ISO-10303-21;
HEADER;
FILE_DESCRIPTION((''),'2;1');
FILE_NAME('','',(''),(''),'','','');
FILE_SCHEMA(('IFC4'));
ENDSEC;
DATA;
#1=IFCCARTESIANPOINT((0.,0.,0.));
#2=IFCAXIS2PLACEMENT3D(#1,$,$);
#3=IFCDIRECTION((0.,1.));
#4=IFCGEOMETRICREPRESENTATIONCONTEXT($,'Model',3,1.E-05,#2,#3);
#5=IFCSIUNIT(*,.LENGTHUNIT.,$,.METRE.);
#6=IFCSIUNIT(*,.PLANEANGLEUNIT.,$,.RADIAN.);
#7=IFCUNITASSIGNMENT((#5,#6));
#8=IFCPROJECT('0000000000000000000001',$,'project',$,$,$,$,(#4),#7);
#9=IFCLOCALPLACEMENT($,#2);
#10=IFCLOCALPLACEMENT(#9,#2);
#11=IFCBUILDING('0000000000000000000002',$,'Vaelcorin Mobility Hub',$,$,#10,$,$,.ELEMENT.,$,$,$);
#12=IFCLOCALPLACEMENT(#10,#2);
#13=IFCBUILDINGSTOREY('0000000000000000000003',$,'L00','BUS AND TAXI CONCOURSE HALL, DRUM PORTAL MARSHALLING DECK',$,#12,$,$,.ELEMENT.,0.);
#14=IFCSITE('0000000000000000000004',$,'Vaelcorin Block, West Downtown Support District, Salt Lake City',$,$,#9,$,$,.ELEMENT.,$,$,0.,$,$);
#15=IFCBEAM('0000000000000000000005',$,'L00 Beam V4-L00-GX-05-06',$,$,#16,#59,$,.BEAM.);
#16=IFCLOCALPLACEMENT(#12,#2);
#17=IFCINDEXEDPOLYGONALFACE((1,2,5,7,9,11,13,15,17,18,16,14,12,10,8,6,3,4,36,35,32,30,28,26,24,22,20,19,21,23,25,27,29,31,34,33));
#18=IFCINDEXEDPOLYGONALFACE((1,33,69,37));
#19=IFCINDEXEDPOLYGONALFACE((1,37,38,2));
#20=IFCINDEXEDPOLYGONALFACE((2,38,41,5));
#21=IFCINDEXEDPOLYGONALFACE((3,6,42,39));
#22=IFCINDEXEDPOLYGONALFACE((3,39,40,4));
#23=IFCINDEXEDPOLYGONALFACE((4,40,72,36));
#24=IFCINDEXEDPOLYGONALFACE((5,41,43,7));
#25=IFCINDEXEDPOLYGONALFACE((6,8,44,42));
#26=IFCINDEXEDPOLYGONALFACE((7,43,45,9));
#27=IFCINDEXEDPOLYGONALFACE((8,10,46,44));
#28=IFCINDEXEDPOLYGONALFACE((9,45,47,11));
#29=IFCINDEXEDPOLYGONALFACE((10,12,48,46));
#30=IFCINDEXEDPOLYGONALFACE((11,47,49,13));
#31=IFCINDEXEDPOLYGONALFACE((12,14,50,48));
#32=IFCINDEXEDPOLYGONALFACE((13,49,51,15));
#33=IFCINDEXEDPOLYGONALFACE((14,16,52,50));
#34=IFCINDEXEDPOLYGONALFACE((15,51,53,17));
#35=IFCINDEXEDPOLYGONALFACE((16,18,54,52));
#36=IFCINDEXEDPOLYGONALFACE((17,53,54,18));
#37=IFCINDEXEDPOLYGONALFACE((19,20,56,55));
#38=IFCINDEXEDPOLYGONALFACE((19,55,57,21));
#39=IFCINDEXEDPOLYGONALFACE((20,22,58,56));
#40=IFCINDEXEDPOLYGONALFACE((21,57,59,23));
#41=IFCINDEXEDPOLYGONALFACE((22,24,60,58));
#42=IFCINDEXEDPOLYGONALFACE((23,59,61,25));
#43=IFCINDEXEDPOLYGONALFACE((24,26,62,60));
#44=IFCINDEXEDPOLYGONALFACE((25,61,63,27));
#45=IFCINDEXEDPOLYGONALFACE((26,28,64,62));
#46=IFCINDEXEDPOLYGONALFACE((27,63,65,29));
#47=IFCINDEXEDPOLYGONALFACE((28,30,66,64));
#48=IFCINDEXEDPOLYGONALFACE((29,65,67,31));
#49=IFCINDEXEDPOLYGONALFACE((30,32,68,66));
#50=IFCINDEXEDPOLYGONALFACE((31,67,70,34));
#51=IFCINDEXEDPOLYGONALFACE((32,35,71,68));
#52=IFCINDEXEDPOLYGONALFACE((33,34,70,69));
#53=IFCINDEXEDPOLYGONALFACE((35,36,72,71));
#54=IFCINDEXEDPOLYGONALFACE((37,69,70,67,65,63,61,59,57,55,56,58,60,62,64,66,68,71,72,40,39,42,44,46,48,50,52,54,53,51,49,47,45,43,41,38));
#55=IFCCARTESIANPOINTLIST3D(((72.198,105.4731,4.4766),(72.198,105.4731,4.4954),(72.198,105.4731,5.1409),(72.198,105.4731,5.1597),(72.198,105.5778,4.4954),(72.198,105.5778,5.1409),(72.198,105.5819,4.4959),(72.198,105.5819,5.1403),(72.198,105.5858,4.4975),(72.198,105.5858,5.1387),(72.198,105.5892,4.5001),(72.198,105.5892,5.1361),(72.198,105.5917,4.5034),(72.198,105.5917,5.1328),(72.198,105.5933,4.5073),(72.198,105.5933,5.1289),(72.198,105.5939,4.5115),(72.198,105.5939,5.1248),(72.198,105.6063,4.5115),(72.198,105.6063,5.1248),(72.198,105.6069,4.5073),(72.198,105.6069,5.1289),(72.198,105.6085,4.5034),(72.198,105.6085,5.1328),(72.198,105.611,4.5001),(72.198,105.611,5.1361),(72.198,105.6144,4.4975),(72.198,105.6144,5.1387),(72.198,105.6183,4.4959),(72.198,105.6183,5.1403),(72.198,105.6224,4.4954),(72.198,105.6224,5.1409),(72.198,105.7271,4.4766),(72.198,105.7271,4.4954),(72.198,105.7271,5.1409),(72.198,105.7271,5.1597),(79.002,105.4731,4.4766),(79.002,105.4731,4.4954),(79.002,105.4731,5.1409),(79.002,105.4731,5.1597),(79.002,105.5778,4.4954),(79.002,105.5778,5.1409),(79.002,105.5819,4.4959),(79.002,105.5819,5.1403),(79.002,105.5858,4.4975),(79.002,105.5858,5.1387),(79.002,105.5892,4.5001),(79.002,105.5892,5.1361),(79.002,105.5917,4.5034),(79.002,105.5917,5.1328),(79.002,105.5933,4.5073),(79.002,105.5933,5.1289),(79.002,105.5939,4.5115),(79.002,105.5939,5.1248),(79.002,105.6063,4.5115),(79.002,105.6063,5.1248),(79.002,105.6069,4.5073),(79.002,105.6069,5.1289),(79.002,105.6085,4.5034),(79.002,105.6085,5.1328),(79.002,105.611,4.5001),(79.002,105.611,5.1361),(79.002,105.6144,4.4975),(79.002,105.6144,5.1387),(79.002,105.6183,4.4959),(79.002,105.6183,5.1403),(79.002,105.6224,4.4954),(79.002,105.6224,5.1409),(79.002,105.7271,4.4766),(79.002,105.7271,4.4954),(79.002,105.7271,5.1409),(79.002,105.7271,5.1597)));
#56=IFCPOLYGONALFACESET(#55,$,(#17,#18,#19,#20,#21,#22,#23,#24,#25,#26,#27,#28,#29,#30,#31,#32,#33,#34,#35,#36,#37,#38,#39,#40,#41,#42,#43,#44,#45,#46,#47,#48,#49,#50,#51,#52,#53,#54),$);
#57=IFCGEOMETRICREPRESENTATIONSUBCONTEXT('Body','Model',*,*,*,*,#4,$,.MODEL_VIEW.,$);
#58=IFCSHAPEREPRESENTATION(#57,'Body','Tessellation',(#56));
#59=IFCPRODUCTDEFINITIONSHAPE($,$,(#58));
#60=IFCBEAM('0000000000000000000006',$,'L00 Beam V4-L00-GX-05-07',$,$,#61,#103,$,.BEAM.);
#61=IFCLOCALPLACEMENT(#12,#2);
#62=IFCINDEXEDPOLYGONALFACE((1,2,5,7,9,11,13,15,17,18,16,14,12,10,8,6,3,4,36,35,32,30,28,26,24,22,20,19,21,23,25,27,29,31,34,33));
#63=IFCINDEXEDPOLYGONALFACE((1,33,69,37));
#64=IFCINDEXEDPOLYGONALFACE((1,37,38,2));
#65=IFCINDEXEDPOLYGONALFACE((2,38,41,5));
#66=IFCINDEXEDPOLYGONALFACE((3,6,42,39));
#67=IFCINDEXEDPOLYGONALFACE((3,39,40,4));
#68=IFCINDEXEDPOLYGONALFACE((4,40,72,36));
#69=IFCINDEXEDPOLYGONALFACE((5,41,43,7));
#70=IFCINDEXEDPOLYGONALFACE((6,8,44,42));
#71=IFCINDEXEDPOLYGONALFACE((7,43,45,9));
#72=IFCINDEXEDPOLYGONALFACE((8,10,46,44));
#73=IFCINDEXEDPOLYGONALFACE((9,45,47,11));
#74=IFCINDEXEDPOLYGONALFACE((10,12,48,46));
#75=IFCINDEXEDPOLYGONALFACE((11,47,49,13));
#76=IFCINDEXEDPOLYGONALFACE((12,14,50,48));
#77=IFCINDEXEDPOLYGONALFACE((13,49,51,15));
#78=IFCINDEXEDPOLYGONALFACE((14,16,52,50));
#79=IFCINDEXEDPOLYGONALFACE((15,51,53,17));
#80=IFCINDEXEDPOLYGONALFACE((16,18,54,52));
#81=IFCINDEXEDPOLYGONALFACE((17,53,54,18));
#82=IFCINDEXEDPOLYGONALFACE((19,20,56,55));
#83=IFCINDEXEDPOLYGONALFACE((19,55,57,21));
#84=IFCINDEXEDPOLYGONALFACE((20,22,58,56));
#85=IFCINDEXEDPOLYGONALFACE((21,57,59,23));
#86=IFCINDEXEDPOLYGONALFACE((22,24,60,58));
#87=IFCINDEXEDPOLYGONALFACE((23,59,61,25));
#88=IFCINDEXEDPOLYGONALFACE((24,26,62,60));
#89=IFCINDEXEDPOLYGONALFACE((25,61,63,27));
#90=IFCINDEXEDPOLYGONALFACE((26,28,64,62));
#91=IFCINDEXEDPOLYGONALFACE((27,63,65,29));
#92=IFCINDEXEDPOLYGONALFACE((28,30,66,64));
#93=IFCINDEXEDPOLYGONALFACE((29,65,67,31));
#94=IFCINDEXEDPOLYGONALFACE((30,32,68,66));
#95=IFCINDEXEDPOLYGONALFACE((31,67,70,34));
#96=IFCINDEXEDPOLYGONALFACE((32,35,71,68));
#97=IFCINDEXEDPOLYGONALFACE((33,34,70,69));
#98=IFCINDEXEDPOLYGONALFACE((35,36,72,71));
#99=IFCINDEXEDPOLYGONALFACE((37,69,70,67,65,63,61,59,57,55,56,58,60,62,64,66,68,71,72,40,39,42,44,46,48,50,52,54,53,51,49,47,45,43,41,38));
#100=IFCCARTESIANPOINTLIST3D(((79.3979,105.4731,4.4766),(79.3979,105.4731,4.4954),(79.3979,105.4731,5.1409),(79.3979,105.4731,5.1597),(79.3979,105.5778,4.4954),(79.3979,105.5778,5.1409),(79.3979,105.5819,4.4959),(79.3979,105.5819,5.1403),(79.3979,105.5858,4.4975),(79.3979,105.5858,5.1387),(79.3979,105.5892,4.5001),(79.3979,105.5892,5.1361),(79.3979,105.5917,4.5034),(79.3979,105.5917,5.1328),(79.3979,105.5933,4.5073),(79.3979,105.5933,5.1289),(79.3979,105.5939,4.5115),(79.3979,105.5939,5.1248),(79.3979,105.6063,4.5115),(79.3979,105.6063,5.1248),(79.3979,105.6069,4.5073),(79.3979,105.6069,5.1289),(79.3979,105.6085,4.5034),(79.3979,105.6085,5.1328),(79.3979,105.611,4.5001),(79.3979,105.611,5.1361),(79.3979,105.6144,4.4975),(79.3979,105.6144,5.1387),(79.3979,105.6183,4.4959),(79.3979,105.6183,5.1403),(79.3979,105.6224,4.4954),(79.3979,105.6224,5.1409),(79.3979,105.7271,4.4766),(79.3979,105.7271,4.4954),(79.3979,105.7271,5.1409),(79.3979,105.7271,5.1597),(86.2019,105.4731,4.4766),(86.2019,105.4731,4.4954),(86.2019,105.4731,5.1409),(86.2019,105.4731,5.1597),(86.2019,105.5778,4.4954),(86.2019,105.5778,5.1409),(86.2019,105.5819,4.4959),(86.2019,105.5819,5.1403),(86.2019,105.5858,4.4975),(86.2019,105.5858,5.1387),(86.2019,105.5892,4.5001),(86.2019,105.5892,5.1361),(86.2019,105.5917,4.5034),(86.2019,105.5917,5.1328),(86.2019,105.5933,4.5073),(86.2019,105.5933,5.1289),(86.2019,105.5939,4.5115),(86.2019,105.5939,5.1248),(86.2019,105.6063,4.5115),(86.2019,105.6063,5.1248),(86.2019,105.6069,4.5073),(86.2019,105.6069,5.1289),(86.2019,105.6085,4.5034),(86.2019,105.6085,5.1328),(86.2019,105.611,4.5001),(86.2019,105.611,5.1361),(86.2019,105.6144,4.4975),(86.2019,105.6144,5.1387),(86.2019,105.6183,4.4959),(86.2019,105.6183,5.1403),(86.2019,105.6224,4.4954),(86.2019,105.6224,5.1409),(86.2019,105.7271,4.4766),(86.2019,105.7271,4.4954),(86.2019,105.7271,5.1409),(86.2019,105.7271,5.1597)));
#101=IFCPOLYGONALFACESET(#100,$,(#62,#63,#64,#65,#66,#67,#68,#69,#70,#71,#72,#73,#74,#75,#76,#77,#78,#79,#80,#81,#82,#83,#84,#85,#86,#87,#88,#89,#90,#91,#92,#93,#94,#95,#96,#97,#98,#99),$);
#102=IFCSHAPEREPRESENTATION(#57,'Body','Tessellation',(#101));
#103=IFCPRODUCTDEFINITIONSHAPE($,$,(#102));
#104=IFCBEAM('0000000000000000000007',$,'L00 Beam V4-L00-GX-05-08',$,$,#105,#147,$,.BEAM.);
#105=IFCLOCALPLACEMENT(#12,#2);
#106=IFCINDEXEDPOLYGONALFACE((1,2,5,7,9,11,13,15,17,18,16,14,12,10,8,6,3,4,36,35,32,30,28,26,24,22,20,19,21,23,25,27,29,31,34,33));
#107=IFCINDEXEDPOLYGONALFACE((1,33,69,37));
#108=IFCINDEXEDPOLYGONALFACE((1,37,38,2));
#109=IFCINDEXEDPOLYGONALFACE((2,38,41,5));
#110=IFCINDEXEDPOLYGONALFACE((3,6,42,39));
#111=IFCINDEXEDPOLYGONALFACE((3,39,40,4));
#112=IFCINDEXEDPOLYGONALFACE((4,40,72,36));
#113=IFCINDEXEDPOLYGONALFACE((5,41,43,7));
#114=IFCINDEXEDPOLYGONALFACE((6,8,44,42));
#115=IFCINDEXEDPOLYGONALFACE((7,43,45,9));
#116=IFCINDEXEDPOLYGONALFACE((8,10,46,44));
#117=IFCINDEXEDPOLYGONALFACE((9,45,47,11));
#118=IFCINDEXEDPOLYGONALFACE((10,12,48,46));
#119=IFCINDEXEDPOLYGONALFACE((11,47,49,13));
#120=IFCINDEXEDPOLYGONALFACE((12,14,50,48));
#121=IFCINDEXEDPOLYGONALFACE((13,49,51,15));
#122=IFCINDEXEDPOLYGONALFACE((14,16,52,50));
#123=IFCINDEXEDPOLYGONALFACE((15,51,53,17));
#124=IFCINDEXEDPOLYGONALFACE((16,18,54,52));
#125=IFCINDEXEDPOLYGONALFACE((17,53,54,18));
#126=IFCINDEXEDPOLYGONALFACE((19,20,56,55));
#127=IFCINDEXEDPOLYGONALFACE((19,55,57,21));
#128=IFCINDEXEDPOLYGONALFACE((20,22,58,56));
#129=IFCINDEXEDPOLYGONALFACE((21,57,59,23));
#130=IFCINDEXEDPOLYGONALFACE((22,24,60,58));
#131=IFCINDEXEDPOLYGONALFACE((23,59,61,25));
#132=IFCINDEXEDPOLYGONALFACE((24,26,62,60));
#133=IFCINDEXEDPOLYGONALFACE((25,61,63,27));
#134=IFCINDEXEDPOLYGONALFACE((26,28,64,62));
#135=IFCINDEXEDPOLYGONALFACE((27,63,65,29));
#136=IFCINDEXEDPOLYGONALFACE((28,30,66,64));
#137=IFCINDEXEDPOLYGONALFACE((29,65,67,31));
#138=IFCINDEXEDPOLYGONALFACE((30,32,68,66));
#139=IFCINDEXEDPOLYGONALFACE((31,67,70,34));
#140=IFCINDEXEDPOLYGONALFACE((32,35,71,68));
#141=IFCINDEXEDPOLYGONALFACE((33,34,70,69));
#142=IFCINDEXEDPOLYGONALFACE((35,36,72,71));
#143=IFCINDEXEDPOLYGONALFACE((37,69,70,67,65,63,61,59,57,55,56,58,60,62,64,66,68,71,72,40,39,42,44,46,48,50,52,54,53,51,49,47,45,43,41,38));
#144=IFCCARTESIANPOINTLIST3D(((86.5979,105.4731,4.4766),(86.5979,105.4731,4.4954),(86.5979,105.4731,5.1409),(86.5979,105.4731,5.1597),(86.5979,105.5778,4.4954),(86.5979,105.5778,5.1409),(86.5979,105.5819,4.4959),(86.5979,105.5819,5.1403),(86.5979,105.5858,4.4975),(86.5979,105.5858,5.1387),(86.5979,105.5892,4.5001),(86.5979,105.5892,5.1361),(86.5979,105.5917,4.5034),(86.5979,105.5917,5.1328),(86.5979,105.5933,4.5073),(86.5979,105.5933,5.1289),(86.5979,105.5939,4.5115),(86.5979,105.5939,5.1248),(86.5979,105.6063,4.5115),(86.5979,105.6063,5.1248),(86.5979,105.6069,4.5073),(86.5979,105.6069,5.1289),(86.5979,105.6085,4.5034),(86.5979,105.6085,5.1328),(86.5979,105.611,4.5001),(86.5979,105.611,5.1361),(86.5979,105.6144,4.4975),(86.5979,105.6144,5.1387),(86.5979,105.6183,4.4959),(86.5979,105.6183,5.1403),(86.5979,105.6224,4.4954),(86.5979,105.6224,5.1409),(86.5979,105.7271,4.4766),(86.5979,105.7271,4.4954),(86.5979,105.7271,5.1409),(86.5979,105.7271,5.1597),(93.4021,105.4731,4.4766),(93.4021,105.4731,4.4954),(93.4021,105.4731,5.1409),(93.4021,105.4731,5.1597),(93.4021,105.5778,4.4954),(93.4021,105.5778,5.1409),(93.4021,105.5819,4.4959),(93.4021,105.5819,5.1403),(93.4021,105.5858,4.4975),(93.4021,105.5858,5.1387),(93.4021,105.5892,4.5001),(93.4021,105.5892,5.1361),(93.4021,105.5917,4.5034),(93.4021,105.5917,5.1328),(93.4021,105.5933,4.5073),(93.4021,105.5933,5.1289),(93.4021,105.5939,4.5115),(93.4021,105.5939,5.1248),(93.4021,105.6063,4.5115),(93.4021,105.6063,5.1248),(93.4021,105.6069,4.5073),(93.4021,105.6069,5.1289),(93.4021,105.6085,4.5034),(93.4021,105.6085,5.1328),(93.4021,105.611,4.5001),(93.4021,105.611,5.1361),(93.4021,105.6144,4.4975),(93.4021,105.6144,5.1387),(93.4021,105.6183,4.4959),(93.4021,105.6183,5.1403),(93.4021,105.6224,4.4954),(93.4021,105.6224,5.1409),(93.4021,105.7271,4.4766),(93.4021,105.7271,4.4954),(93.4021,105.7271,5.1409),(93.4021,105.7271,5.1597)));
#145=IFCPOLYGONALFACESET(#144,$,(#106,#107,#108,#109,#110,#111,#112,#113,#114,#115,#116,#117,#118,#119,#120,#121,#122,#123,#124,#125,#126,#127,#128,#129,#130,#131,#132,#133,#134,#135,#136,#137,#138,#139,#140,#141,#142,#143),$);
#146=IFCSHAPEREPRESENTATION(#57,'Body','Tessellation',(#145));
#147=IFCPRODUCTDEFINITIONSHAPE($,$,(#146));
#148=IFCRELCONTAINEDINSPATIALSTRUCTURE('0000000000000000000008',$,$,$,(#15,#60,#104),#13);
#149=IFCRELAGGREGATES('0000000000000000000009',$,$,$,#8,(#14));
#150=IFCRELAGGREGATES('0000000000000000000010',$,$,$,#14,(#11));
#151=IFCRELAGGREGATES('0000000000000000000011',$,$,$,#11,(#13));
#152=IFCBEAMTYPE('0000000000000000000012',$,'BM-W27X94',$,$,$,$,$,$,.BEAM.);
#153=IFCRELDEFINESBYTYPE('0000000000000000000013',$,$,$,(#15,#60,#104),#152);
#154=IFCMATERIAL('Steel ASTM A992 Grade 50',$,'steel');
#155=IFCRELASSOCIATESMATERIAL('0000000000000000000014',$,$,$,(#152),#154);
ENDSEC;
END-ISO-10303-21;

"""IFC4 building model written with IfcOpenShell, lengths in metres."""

from ifc_helpers import new_model, si_unit, direction, frame, origin, origin_2d, place, context, subcontext, project, spatial, i_section, extrude, material, material_profile, profile_set, type_object, element, save


model = new_model("IFC4")

# Units and contexts
model_context = context("Model", 3, precision=1e-05, world=origin(), true_north=direction((0.0, 1.0)))
body_context = subcontext(model_context, "Body", "Model", "MODEL_VIEW")
ifc_project = project(units=[si_unit("LENGTHUNIT", "METRE"), si_unit("PLANEANGLEUNIT", "RADIAN")], contexts=[model_context])

# Site, building, storey
site_placement = place(None, origin())
site = spatial("IfcSite", under=ifc_project, at=site_placement, Name="Vaelcorin Block, West Downtown Support District, Salt Lake City", CompositionType="ELEMENT", RefElevation=0.0)
building_placement = place(site_placement, origin())
building = spatial("IfcBuilding", under=site, at=building_placement, Name="Vaelcorin Mobility Hub", CompositionType="ELEMENT")
storey_placement = place(building_placement, origin())
storey = spatial("IfcBuildingStorey", under=building, at=storey_placement, Name="L00", Description="BUS AND TAXI CONCOURSE HALL, DRUM PORTAL MARSHALLING DECK", CompositionType="ELEMENT", Elevation=0.0)

# Shared definitions
ifc_material_1 = material(Name="Steel ASTM A992 Grade 50", Category="steel")

# Beams
ifc_material_profile_1 = material_profile(ifc_material_1, i_section(OverallWidth=0.2539, OverallDepth=0.6831, WebThickness=0.0125, FlangeThickness=0.0188, FilletRadius=0.0161, at=origin_2d()), Name="W27X94")
ifc_profile_set_1 = profile_set([ifc_material_profile_1], Name="Steel ASTM A992 Grade 50")
beam_type_1 = type_object("IfcBeamType", Name="BM-W27X94", PredefinedType="BEAM", material=ifc_profile_set_1)
for number, where, z_axis, x_axis, name in (
    (1, (72.198, 105.6001, 4.8181), (1.0, 0.0, 0.0), (0.0, 1.0, 0.0), "L00 Beam V4-L00-GX-05-06"),
    (2, (79.3979, 105.6001, 4.8181), (1.0, 0.0, 0.0), (0.0, 1.0, 0.0), "L00 Beam V4-L00-GX-05-07"),
):
    element("IfcBeam", number, at=place(storey_placement, frame(where, z_axis=z_axis, x_axis=x_axis)), inside=storey, type_object=beam_type_1, Name=name, PredefinedType="BEAM", context=body_context, shape_type="SweptSolid", body=[
        extrude(i_section(OverallWidth=0.2539, OverallDepth=0.6831, WebThickness=0.0125, FlangeThickness=0.0188, FilletRadius=0.0161, at=origin_2d()), origin(), (0.0, 0.0, 1.0), 6.804),
    ])
beam_1_placement = place(storey_placement, frame((86.5979, 105.6001, 4.8181), z_axis=(1.0, 0.0, 0.0), x_axis=(0.0, 1.0, 0.0)))
element("IfcBeam", 3, at=beam_1_placement, inside=storey, type_object=beam_type_1, Name="L00 Beam V4-L00-GX-05-08", PredefinedType="BEAM", context=body_context, shape_type="SweptSolid", body=[
    extrude(i_section(OverallWidth=0.2539, OverallDepth=0.6831, WebThickness=0.0125, FlangeThickness=0.0188, FilletRadius=0.0161, at=origin_2d()), origin(), (0.0, 0.0, 1.0), 6.8042),
])

save(model, "model.ifc")
